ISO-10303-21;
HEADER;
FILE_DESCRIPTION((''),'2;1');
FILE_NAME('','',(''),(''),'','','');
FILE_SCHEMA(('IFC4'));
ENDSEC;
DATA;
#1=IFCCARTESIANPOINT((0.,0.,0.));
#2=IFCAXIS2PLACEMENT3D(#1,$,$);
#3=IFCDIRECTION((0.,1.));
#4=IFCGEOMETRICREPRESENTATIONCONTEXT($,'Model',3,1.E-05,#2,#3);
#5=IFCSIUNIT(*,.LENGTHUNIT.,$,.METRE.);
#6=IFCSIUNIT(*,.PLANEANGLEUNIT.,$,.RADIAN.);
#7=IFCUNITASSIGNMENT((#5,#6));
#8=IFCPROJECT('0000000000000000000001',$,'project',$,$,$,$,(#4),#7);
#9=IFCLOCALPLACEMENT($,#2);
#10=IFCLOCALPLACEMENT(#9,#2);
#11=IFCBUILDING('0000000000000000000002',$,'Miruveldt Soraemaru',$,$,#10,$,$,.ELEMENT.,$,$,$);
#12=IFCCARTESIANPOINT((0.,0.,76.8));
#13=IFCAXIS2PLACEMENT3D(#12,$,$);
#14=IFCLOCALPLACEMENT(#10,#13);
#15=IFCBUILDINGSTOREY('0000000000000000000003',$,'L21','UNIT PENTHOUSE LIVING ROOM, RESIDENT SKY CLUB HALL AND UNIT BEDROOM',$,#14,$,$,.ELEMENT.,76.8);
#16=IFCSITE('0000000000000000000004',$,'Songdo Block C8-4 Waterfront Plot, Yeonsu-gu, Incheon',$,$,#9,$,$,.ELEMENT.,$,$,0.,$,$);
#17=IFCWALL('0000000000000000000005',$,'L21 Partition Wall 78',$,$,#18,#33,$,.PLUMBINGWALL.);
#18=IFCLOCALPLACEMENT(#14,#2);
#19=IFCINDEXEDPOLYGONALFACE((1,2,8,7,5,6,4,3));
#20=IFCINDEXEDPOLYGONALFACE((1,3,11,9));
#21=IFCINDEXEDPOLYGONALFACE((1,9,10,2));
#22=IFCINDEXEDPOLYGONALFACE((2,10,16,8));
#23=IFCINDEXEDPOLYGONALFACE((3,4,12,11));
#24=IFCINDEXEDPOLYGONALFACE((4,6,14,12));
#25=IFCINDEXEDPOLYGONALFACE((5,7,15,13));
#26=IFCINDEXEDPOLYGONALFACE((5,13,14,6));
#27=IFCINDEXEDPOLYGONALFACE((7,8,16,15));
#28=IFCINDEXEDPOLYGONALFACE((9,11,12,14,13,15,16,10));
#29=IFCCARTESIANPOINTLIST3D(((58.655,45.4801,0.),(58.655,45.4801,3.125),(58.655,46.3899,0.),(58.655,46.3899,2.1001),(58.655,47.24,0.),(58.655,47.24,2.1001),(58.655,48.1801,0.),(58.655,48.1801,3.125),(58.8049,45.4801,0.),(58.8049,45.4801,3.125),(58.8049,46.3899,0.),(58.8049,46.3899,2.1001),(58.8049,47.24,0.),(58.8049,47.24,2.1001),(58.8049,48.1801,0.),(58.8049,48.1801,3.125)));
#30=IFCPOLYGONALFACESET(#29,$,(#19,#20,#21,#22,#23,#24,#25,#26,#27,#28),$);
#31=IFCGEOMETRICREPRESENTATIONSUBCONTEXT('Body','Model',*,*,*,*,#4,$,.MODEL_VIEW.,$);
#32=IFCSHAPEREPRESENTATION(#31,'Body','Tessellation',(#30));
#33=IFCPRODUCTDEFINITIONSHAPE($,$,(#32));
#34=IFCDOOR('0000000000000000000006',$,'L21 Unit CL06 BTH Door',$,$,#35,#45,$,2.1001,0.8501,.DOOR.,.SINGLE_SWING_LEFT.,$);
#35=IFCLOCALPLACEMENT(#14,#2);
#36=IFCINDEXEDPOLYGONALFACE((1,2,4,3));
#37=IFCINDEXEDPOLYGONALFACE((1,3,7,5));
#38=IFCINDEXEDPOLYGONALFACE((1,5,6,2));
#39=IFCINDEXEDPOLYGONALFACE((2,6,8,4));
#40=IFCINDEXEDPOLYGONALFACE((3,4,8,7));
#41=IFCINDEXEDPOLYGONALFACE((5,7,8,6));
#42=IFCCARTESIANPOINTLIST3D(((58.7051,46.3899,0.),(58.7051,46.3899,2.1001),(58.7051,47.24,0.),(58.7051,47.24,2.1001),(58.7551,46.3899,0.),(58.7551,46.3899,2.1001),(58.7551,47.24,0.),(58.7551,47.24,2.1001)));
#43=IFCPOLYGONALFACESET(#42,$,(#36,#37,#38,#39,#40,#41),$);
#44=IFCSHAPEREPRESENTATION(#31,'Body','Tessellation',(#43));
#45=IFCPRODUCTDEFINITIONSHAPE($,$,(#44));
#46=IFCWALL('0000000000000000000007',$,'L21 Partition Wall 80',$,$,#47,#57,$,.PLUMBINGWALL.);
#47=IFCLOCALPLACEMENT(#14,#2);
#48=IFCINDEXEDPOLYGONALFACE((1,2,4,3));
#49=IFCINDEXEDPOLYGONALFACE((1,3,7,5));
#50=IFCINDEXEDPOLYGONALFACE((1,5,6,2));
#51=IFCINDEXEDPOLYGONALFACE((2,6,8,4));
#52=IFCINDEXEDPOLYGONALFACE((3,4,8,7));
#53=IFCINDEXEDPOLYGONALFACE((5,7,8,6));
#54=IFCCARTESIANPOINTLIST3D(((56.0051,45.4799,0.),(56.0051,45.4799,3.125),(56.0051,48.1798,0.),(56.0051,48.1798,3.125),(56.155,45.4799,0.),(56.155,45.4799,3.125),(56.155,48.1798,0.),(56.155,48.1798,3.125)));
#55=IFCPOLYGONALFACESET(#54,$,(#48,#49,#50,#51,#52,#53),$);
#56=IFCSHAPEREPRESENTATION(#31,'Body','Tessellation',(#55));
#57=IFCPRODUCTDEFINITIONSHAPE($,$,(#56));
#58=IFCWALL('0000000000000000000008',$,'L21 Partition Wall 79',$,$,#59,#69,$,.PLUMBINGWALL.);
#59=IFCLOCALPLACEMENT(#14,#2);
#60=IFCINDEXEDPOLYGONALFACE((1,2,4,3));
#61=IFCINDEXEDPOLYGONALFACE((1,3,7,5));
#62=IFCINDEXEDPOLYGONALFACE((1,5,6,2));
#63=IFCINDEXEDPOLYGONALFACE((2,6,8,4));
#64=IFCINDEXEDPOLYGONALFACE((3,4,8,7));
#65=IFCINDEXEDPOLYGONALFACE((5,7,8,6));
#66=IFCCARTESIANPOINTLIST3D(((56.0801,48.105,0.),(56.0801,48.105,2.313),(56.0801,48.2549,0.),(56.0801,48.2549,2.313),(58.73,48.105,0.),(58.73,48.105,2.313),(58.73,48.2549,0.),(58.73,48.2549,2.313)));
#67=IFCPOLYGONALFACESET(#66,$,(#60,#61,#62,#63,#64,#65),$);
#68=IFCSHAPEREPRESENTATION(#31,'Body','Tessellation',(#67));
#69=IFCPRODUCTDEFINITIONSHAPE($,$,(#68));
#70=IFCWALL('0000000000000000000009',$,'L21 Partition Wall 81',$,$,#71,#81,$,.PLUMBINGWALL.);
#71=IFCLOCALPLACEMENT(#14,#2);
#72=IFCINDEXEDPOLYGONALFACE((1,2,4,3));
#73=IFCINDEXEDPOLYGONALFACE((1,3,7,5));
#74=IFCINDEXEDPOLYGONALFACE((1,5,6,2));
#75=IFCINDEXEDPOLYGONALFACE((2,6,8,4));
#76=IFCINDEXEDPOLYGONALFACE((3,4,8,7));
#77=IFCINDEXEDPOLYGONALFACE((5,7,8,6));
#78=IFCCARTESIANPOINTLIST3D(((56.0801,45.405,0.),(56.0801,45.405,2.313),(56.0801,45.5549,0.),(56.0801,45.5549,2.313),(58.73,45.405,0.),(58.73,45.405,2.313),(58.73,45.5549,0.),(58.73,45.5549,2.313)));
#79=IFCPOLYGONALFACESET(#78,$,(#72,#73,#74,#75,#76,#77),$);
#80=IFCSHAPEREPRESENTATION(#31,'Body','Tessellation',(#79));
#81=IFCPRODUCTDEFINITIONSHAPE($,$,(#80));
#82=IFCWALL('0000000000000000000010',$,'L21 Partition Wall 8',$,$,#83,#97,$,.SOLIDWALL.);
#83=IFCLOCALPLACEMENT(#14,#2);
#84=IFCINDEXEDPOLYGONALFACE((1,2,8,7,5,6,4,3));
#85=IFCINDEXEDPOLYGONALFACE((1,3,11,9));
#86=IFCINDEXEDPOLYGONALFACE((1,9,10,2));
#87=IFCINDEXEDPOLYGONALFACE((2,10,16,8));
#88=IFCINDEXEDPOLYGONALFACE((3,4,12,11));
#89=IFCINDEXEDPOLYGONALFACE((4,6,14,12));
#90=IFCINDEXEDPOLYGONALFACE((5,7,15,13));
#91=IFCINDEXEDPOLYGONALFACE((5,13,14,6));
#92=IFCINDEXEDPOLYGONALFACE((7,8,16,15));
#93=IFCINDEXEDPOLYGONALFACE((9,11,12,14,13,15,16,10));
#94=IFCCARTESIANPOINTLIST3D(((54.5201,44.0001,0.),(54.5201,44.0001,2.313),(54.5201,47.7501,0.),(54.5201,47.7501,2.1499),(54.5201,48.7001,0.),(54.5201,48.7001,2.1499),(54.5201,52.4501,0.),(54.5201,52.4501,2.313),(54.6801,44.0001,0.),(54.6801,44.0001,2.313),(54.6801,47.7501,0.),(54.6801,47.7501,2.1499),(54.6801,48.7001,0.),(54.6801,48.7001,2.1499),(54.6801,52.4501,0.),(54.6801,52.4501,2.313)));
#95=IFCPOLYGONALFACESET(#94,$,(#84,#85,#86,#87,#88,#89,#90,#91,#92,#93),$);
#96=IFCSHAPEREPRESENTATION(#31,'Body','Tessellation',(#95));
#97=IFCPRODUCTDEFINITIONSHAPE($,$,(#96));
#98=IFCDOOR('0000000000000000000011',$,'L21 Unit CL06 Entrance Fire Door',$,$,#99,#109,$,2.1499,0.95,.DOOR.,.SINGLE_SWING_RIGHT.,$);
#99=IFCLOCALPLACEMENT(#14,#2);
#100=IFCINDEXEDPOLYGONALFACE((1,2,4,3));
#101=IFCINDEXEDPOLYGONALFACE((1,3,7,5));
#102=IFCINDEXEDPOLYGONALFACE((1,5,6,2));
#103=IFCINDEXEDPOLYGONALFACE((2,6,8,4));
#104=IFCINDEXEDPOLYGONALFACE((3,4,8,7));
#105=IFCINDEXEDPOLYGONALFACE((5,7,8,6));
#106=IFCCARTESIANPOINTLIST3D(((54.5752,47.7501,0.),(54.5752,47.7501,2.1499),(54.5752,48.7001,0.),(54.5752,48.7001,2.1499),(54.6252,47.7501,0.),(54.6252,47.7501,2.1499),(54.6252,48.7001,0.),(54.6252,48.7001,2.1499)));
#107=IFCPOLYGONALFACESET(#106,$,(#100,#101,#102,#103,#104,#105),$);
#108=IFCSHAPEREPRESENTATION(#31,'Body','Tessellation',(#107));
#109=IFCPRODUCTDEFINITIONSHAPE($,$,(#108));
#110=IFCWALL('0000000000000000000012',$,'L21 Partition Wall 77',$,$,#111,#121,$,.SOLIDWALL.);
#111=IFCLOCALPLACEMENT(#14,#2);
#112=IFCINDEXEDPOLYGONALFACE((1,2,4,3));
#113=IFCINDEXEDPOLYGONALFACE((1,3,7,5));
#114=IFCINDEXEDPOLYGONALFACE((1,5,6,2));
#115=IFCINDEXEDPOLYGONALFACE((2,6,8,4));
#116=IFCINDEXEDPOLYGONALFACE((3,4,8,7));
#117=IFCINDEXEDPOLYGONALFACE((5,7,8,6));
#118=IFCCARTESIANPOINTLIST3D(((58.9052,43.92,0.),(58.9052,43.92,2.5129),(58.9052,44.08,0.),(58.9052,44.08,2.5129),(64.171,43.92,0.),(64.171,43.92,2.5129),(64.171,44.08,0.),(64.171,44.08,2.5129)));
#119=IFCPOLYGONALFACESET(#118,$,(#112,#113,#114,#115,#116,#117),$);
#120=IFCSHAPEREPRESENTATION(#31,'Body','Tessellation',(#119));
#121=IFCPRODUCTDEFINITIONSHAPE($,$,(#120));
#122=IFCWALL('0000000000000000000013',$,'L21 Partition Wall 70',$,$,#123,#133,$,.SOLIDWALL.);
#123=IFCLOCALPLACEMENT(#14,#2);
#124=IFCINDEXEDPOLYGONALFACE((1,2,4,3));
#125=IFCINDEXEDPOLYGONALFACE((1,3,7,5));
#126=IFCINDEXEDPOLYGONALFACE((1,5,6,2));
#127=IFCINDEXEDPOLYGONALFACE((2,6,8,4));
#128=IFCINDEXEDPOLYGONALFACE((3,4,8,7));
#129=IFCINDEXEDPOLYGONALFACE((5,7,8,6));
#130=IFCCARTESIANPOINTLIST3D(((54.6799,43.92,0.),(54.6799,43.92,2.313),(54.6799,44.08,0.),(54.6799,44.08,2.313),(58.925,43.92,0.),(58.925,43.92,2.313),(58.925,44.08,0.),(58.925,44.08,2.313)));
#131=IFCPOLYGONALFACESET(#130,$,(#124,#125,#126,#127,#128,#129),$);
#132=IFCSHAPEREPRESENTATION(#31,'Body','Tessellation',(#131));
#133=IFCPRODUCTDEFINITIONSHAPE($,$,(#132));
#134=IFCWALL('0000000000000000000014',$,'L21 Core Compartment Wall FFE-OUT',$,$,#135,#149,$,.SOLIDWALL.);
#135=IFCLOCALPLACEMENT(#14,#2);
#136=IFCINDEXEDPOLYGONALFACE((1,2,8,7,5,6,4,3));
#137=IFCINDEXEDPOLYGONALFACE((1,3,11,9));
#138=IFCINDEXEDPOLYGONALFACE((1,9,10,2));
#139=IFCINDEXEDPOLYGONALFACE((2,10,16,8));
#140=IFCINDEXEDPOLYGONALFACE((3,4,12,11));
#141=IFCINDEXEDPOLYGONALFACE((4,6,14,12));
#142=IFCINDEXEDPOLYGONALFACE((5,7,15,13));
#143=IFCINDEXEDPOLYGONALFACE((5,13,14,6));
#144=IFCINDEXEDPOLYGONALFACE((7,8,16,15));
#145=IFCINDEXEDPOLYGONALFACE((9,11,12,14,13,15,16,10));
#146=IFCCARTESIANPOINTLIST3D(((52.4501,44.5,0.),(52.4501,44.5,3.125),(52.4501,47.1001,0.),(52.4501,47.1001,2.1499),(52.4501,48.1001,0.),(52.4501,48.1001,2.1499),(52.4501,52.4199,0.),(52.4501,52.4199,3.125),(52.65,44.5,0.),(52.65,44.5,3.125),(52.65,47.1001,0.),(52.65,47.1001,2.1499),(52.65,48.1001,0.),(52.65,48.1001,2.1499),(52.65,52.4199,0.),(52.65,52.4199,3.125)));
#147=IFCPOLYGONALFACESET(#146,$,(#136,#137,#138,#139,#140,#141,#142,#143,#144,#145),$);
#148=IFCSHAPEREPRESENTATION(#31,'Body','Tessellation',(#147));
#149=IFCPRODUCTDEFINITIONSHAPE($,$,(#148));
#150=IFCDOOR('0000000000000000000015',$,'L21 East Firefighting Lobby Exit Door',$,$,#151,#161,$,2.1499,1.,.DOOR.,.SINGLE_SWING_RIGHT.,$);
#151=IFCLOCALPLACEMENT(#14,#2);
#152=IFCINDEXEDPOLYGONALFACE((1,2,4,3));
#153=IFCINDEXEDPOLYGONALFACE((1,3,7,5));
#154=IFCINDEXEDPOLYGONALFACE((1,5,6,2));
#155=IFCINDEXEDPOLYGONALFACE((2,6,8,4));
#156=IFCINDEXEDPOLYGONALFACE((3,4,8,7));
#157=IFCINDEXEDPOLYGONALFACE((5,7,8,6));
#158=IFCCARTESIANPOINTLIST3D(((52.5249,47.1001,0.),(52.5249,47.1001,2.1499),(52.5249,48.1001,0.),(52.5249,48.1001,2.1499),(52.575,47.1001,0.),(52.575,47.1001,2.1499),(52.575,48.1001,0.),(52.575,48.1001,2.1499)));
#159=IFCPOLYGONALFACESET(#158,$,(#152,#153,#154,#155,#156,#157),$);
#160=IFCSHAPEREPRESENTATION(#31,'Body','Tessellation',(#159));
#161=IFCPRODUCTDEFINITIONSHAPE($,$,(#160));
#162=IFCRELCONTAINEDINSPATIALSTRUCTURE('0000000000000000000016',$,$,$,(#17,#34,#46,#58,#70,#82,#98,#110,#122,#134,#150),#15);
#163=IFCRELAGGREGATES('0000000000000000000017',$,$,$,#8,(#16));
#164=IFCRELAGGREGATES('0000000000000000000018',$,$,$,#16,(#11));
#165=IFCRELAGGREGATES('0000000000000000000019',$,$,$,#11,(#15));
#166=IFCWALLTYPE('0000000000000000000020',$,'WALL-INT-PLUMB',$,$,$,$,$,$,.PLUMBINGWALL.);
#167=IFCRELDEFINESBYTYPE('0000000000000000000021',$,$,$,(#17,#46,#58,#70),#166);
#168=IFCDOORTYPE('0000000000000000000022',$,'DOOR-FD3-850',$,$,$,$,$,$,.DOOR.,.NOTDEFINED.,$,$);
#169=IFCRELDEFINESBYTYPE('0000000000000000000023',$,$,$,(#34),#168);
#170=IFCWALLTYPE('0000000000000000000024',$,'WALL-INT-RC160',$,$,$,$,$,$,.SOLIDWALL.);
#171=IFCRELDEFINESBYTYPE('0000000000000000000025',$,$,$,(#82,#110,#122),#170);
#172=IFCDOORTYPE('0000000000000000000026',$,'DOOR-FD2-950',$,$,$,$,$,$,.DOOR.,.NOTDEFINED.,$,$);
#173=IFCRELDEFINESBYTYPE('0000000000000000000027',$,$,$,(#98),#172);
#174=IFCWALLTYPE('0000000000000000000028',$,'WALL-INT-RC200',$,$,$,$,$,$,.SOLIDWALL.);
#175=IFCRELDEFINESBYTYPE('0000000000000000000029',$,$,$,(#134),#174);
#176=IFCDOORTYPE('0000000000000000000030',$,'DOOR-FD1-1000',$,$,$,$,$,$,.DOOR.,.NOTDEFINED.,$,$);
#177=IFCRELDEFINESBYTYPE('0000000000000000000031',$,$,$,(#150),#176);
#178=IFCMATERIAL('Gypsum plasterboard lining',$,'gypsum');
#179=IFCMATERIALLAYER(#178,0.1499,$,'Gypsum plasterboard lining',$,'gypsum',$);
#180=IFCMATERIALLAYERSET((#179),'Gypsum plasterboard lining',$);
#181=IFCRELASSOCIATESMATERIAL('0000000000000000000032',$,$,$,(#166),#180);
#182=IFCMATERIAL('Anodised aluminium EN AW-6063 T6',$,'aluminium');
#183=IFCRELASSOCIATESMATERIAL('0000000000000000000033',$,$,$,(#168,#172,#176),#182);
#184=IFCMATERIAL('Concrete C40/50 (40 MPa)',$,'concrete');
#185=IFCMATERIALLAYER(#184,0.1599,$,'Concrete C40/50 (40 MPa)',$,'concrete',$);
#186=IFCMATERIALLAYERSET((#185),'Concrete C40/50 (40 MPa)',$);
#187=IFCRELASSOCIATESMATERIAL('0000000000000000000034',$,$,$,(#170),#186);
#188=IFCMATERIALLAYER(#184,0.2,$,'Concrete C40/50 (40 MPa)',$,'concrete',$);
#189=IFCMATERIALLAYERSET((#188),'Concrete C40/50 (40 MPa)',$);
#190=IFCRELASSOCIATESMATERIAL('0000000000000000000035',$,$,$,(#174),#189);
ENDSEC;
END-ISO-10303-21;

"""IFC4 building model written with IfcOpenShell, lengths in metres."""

from ifc_helpers import new_model, si_unit, direction, frame, frame_2d, origin, place, context, subcontext, project, spatial, rectangle, extrude, material, layer, layer_set, type_object, element, fill, save


model = new_model("IFC4")

# Units and contexts
model_context = context("Model", 3, precision=1e-05, world=origin(), true_north=direction((0.0, 1.0)))
body_context = subcontext(model_context, "Body", "Model", "MODEL_VIEW")
ifc_project = project(units=[si_unit("LENGTHUNIT", "METRE"), si_unit("PLANEANGLEUNIT", "RADIAN")], contexts=[model_context])

# Site, building, storey
site_placement = place(None, origin())
site = spatial("IfcSite", under=ifc_project, at=site_placement, Name="Songdo Block C8-4 Waterfront Plot, Yeonsu-gu, Incheon", CompositionType="ELEMENT", RefElevation=0.0)
building_placement = place(site_placement, origin())
building = spatial("IfcBuilding", under=site, at=building_placement, Name="Miruveldt Soraemaru", CompositionType="ELEMENT")
storey_placement = place(building_placement, frame((0.0, 0.0, 76.8)))
storey = spatial("IfcBuildingStorey", under=building, at=storey_placement, Name="L21", Description="UNIT PENTHOUSE LIVING ROOM, RESIDENT SKY CLUB HALL AND UNIT BEDROOM", CompositionType="ELEMENT", Elevation=76.8)

# Wall, opening, door
ifc_material_1 = material(Name="Gypsum plasterboard lining", Category="gypsum")
ifc_layer_1 = layer(ifc_material_1, 0.1499, Name="Gypsum plasterboard lining", Category="gypsum")
ifc_layer_set_1 = layer_set([ifc_layer_1], Name="Gypsum plasterboard lining")
wall_type_1 = type_object("IfcWallType", Name="WALL-INT-PLUMB", PredefinedType="PLUMBINGWALL", material=ifc_layer_set_1)
wall_1_placement = place(storey_placement, frame((58.73, 45.48, 0.0), z_axis=(0.0, 0.0, 1.0), x_axis=(0.0, 1.0, 0.0)))
wall_1 = element("IfcWall", 1, at=wall_1_placement, inside=storey, type_object=wall_type_1, Name="L21 Partition Wall 78", PredefinedType="PLUMBINGWALL", context=body_context, shape_type="SweptSolid", body=[
    extrude(rectangle(XDim=2.7, YDim=0.1499, at=frame_2d((1.3501, 0.0))), origin(), (0.0, 0.0, 1.0), 3.125),
])
opening_1_placement = place(wall_1_placement, frame((0.9099, 0.0, 0.0)))
opening_1 = element("IfcOpeningElement", 2, at=opening_1_placement, cuts=wall_1, PredefinedType="OPENING", context=body_context, shape_type="SweptSolid", body=[
    extrude(rectangle(XDim=0.8501, YDim=2.1001, at=frame_2d((0.425, 1.05))), frame((0.0, 0.085, 0.0), z_axis=(0.0, -1.0, 0.0), x_axis=(1.0, 0.0, 0.0)), (0.0, 0.0, 1.0), 0.1699),
])
ifc_material_2 = material(Name="Anodised aluminium EN AW-6063 T6", Category="aluminium")
door_type_1 = type_object("IfcDoorType", Name="DOOR-FD3-850", OperationType="NOTDEFINED", PredefinedType="DOOR", material=ifc_material_2)
door_1_placement = place(opening_1_placement, origin())
door_1 = element("IfcDoor", 3, at=door_1_placement, inside=storey, type_object=door_type_1, Name="L21 Unit CL06 BTH Door", OperationType="SINGLE_SWING_LEFT", OverallHeight=2.1001, OverallWidth=0.8501, PredefinedType="DOOR", context=body_context, shape_type="SweptSolid", body=[
    extrude(rectangle(XDim=0.8501, YDim=2.1001, at=frame_2d((0.425, 1.05))), frame((0.0, 0.0249, 0.0), z_axis=(0.0, -1.0, 0.0), x_axis=(1.0, 0.0, 0.0)), (0.0, 0.0, 1.0), 0.05),
])
fill(opening_1, door_1)

# Walls
wall_2_placement = place(storey_placement, frame((56.0801, 48.1799, 0.0), z_axis=(0.0, 0.0, 1.0), x_axis=(0.0, -1.0, 0.0)))
element("IfcWall", 4, at=wall_2_placement, inside=storey, type_object=wall_type_1, Name="L21 Partition Wall 80", PredefinedType="PLUMBINGWALL", context=body_context, shape_type="SweptSolid", body=[
    extrude(rectangle(XDim=2.7, YDim=0.1499, at=frame_2d((1.3501, 0.0))), origin(), (0.0, 0.0, 1.0), 3.125),
])
for number, where, z_axis, x_axis, name in (
    (5, (58.73, 48.1799, 0.0), (0.0, 0.0, 1.0), (-1.0, 0.0, 0.0), "L21 Partition Wall 79"),
    (6, (56.0801, 45.48, 0.0), (0.0, 0.0, 1.0), (1.0, 0.0, 0.0), "L21 Partition Wall 81"),
):
    element("IfcWall", number, at=place(storey_placement, frame(where, z_axis=z_axis, x_axis=x_axis)), inside=storey, type_object=wall_type_1, Name=name, PredefinedType="PLUMBINGWALL", context=body_context, shape_type="SweptSolid", body=[
        extrude(rectangle(XDim=2.6499, YDim=0.1499, at=frame_2d((1.325, 0.0))), origin(), (0.0, 0.0, 1.0), 2.313),
    ])

# Wall, opening, door
ifc_material_3 = material(Name="Concrete C40/50 (40 MPa)", Category="concrete")
ifc_layer_2 = layer(ifc_material_3, 0.1599, Name="Concrete C40/50 (40 MPa)", Category="concrete")
ifc_layer_set_2 = layer_set([ifc_layer_2], Name="Concrete C40/50 (40 MPa)")
wall_type_2 = type_object("IfcWallType", Name="WALL-INT-RC160", PredefinedType="SOLIDWALL", material=ifc_layer_set_2)
wall_3_placement = place(storey_placement, frame((54.6001, 44.0, 0.0), z_axis=(0.0, 0.0, 1.0), x_axis=(0.0, 1.0, 0.0)))
wall_3 = element("IfcWall", 7, at=wall_3_placement, inside=storey, type_object=wall_type_2, Name="L21 Partition Wall 8", PredefinedType="SOLIDWALL", context=body_context, shape_type="SweptSolid", body=[
    extrude(rectangle(XDim=8.45, YDim=0.1599, at=frame_2d((4.2251, 0.0))), origin(), (0.0, 0.0, 1.0), 2.313),
])
opening_2_placement = place(wall_3_placement, frame((3.75, 0.0, 0.0)))
opening_2 = element("IfcOpeningElement", 8, at=opening_2_placement, cuts=wall_3, PredefinedType="OPENING", context=body_context, shape_type="SweptSolid", body=[
    extrude(rectangle(XDim=0.95, YDim=2.1499, at=frame_2d((0.4751, 1.075))), frame((0.0, 0.0898, 0.0), z_axis=(0.0, -1.0, 0.0), x_axis=(1.0, 0.0, 0.0)), (0.0, 0.0, 1.0), 0.1799),
])
door_type_2 = type_object("IfcDoorType", Name="DOOR-FD2-950", OperationType="NOTDEFINED", PredefinedType="DOOR", material=ifc_material_2)
door_2_placement = place(opening_2_placement, origin())
door_2 = element("IfcDoor", 9, at=door_2_placement, inside=storey, type_object=door_type_2, Name="L21 Unit CL06 Entrance Fire Door", OperationType="SINGLE_SWING_RIGHT", OverallHeight=2.1499, OverallWidth=0.95, PredefinedType="DOOR", context=body_context, shape_type="SweptSolid", body=[
    extrude(rectangle(XDim=0.95, YDim=2.1499, at=frame_2d((0.4751, 1.075))), frame((0.0, 0.0249, 0.0), z_axis=(0.0, -1.0, 0.0), x_axis=(1.0, 0.0, 0.0)), (0.0, 0.0, 1.0), 0.05),
])
fill(opening_2, door_2)

# Walls
wall_4_placement = place(storey_placement, frame((64.1709, 44.0, 0.0), z_axis=(0.0, 0.0, 1.0), x_axis=(-1.0, 0.0, 0.0)))
element("IfcWall", 10, at=wall_4_placement, inside=storey, type_object=wall_type_2, Name="L21 Partition Wall 77", PredefinedType="SOLIDWALL", context=body_context, shape_type="SweptSolid", body=[
    extrude(rectangle(XDim=5.2659, YDim=0.1599, at=frame_2d((2.6328, 0.0))), origin(), (0.0, 0.0, 1.0), 2.5129),
])
wall_5_placement = place(storey_placement, frame((58.925, 44.0, 0.0), z_axis=(0.0, 0.0, 1.0), x_axis=(-1.0, 0.0, 0.0)))
element("IfcWall", 11, at=wall_5_placement, inside=storey, type_object=wall_type_2, Name="L21 Partition Wall 70", PredefinedType="SOLIDWALL", context=body_context, shape_type="SweptSolid", body=[
    extrude(rectangle(XDim=4.2451, YDim=0.1599, at=frame_2d((2.1226, 0.0))), origin(), (0.0, 0.0, 1.0), 2.313),
])

# Wall, opening, door
ifc_layer_3 = layer(ifc_material_3, 0.2, Name="Concrete C40/50 (40 MPa)", Category="concrete")
ifc_layer_set_3 = layer_set([ifc_layer_3], Name="Concrete C40/50 (40 MPa)")
wall_type_3 = type_object("IfcWallType", Name="WALL-INT-RC200", PredefinedType="SOLIDWALL", material=ifc_layer_set_3)
wall_6_placement = place(storey_placement, frame((52.55, 44.5, 0.0), z_axis=(0.0, 0.0, 1.0), x_axis=(0.0, 1.0, 0.0)))
wall_6 = element("IfcWall", 12, at=wall_6_placement, inside=storey, type_object=wall_type_3, Name="L21 Core Compartment Wall FFE-OUT", PredefinedType="SOLIDWALL", context=body_context, shape_type="SweptSolid", body=[
    extrude(rectangle(XDim=7.9199, YDim=0.2, at=frame_2d((3.96, 0.0))), origin(), (0.0, 0.0, 1.0), 3.125),
])
opening_3_placement = place(wall_6_placement, frame((2.6001, 0.0, 0.0)))
opening_3 = element("IfcOpeningElement", 13, at=opening_3_placement, cuts=wall_6, PredefinedType="OPENING", context=body_context, shape_type="SweptSolid", body=[
    extrude(rectangle(XDim=1.0, YDim=2.1499, at=frame_2d((0.5, 1.075))), frame((0.0, 0.1099, 0.0), z_axis=(0.0, -1.0, 0.0), x_axis=(1.0, 0.0, 0.0)), (0.0, 0.0, 1.0), 0.22),
])
door_type_3 = type_object("IfcDoorType", Name="DOOR-FD1-1000", OperationType="NOTDEFINED", PredefinedType="DOOR", material=ifc_material_2)
door_3_placement = place(opening_3_placement, frame((1.0, 0.0, 0.0), z_axis=(0.0, 0.0, 1.0), x_axis=(-1.0, 0.0, 0.0)))
door_3 = element("IfcDoor", 14, at=door_3_placement, inside=storey, type_object=door_type_3, Name="L21 East Firefighting Lobby Exit Door", OperationType="SINGLE_SWING_RIGHT", OverallHeight=2.1499, OverallWidth=1.0, PredefinedType="DOOR", context=body_context, shape_type="SweptSolid", body=[
    extrude(rectangle(XDim=1.0, YDim=2.1499, at=frame_2d((0.5, 1.075))), frame((0.0, 0.0249, 0.0), z_axis=(0.0, -1.0, 0.0), x_axis=(1.0, 0.0, 0.0)), (0.0, 0.0, 1.0), 0.05),
])
fill(opening_3, door_3)

save(model, "model.ifc")
